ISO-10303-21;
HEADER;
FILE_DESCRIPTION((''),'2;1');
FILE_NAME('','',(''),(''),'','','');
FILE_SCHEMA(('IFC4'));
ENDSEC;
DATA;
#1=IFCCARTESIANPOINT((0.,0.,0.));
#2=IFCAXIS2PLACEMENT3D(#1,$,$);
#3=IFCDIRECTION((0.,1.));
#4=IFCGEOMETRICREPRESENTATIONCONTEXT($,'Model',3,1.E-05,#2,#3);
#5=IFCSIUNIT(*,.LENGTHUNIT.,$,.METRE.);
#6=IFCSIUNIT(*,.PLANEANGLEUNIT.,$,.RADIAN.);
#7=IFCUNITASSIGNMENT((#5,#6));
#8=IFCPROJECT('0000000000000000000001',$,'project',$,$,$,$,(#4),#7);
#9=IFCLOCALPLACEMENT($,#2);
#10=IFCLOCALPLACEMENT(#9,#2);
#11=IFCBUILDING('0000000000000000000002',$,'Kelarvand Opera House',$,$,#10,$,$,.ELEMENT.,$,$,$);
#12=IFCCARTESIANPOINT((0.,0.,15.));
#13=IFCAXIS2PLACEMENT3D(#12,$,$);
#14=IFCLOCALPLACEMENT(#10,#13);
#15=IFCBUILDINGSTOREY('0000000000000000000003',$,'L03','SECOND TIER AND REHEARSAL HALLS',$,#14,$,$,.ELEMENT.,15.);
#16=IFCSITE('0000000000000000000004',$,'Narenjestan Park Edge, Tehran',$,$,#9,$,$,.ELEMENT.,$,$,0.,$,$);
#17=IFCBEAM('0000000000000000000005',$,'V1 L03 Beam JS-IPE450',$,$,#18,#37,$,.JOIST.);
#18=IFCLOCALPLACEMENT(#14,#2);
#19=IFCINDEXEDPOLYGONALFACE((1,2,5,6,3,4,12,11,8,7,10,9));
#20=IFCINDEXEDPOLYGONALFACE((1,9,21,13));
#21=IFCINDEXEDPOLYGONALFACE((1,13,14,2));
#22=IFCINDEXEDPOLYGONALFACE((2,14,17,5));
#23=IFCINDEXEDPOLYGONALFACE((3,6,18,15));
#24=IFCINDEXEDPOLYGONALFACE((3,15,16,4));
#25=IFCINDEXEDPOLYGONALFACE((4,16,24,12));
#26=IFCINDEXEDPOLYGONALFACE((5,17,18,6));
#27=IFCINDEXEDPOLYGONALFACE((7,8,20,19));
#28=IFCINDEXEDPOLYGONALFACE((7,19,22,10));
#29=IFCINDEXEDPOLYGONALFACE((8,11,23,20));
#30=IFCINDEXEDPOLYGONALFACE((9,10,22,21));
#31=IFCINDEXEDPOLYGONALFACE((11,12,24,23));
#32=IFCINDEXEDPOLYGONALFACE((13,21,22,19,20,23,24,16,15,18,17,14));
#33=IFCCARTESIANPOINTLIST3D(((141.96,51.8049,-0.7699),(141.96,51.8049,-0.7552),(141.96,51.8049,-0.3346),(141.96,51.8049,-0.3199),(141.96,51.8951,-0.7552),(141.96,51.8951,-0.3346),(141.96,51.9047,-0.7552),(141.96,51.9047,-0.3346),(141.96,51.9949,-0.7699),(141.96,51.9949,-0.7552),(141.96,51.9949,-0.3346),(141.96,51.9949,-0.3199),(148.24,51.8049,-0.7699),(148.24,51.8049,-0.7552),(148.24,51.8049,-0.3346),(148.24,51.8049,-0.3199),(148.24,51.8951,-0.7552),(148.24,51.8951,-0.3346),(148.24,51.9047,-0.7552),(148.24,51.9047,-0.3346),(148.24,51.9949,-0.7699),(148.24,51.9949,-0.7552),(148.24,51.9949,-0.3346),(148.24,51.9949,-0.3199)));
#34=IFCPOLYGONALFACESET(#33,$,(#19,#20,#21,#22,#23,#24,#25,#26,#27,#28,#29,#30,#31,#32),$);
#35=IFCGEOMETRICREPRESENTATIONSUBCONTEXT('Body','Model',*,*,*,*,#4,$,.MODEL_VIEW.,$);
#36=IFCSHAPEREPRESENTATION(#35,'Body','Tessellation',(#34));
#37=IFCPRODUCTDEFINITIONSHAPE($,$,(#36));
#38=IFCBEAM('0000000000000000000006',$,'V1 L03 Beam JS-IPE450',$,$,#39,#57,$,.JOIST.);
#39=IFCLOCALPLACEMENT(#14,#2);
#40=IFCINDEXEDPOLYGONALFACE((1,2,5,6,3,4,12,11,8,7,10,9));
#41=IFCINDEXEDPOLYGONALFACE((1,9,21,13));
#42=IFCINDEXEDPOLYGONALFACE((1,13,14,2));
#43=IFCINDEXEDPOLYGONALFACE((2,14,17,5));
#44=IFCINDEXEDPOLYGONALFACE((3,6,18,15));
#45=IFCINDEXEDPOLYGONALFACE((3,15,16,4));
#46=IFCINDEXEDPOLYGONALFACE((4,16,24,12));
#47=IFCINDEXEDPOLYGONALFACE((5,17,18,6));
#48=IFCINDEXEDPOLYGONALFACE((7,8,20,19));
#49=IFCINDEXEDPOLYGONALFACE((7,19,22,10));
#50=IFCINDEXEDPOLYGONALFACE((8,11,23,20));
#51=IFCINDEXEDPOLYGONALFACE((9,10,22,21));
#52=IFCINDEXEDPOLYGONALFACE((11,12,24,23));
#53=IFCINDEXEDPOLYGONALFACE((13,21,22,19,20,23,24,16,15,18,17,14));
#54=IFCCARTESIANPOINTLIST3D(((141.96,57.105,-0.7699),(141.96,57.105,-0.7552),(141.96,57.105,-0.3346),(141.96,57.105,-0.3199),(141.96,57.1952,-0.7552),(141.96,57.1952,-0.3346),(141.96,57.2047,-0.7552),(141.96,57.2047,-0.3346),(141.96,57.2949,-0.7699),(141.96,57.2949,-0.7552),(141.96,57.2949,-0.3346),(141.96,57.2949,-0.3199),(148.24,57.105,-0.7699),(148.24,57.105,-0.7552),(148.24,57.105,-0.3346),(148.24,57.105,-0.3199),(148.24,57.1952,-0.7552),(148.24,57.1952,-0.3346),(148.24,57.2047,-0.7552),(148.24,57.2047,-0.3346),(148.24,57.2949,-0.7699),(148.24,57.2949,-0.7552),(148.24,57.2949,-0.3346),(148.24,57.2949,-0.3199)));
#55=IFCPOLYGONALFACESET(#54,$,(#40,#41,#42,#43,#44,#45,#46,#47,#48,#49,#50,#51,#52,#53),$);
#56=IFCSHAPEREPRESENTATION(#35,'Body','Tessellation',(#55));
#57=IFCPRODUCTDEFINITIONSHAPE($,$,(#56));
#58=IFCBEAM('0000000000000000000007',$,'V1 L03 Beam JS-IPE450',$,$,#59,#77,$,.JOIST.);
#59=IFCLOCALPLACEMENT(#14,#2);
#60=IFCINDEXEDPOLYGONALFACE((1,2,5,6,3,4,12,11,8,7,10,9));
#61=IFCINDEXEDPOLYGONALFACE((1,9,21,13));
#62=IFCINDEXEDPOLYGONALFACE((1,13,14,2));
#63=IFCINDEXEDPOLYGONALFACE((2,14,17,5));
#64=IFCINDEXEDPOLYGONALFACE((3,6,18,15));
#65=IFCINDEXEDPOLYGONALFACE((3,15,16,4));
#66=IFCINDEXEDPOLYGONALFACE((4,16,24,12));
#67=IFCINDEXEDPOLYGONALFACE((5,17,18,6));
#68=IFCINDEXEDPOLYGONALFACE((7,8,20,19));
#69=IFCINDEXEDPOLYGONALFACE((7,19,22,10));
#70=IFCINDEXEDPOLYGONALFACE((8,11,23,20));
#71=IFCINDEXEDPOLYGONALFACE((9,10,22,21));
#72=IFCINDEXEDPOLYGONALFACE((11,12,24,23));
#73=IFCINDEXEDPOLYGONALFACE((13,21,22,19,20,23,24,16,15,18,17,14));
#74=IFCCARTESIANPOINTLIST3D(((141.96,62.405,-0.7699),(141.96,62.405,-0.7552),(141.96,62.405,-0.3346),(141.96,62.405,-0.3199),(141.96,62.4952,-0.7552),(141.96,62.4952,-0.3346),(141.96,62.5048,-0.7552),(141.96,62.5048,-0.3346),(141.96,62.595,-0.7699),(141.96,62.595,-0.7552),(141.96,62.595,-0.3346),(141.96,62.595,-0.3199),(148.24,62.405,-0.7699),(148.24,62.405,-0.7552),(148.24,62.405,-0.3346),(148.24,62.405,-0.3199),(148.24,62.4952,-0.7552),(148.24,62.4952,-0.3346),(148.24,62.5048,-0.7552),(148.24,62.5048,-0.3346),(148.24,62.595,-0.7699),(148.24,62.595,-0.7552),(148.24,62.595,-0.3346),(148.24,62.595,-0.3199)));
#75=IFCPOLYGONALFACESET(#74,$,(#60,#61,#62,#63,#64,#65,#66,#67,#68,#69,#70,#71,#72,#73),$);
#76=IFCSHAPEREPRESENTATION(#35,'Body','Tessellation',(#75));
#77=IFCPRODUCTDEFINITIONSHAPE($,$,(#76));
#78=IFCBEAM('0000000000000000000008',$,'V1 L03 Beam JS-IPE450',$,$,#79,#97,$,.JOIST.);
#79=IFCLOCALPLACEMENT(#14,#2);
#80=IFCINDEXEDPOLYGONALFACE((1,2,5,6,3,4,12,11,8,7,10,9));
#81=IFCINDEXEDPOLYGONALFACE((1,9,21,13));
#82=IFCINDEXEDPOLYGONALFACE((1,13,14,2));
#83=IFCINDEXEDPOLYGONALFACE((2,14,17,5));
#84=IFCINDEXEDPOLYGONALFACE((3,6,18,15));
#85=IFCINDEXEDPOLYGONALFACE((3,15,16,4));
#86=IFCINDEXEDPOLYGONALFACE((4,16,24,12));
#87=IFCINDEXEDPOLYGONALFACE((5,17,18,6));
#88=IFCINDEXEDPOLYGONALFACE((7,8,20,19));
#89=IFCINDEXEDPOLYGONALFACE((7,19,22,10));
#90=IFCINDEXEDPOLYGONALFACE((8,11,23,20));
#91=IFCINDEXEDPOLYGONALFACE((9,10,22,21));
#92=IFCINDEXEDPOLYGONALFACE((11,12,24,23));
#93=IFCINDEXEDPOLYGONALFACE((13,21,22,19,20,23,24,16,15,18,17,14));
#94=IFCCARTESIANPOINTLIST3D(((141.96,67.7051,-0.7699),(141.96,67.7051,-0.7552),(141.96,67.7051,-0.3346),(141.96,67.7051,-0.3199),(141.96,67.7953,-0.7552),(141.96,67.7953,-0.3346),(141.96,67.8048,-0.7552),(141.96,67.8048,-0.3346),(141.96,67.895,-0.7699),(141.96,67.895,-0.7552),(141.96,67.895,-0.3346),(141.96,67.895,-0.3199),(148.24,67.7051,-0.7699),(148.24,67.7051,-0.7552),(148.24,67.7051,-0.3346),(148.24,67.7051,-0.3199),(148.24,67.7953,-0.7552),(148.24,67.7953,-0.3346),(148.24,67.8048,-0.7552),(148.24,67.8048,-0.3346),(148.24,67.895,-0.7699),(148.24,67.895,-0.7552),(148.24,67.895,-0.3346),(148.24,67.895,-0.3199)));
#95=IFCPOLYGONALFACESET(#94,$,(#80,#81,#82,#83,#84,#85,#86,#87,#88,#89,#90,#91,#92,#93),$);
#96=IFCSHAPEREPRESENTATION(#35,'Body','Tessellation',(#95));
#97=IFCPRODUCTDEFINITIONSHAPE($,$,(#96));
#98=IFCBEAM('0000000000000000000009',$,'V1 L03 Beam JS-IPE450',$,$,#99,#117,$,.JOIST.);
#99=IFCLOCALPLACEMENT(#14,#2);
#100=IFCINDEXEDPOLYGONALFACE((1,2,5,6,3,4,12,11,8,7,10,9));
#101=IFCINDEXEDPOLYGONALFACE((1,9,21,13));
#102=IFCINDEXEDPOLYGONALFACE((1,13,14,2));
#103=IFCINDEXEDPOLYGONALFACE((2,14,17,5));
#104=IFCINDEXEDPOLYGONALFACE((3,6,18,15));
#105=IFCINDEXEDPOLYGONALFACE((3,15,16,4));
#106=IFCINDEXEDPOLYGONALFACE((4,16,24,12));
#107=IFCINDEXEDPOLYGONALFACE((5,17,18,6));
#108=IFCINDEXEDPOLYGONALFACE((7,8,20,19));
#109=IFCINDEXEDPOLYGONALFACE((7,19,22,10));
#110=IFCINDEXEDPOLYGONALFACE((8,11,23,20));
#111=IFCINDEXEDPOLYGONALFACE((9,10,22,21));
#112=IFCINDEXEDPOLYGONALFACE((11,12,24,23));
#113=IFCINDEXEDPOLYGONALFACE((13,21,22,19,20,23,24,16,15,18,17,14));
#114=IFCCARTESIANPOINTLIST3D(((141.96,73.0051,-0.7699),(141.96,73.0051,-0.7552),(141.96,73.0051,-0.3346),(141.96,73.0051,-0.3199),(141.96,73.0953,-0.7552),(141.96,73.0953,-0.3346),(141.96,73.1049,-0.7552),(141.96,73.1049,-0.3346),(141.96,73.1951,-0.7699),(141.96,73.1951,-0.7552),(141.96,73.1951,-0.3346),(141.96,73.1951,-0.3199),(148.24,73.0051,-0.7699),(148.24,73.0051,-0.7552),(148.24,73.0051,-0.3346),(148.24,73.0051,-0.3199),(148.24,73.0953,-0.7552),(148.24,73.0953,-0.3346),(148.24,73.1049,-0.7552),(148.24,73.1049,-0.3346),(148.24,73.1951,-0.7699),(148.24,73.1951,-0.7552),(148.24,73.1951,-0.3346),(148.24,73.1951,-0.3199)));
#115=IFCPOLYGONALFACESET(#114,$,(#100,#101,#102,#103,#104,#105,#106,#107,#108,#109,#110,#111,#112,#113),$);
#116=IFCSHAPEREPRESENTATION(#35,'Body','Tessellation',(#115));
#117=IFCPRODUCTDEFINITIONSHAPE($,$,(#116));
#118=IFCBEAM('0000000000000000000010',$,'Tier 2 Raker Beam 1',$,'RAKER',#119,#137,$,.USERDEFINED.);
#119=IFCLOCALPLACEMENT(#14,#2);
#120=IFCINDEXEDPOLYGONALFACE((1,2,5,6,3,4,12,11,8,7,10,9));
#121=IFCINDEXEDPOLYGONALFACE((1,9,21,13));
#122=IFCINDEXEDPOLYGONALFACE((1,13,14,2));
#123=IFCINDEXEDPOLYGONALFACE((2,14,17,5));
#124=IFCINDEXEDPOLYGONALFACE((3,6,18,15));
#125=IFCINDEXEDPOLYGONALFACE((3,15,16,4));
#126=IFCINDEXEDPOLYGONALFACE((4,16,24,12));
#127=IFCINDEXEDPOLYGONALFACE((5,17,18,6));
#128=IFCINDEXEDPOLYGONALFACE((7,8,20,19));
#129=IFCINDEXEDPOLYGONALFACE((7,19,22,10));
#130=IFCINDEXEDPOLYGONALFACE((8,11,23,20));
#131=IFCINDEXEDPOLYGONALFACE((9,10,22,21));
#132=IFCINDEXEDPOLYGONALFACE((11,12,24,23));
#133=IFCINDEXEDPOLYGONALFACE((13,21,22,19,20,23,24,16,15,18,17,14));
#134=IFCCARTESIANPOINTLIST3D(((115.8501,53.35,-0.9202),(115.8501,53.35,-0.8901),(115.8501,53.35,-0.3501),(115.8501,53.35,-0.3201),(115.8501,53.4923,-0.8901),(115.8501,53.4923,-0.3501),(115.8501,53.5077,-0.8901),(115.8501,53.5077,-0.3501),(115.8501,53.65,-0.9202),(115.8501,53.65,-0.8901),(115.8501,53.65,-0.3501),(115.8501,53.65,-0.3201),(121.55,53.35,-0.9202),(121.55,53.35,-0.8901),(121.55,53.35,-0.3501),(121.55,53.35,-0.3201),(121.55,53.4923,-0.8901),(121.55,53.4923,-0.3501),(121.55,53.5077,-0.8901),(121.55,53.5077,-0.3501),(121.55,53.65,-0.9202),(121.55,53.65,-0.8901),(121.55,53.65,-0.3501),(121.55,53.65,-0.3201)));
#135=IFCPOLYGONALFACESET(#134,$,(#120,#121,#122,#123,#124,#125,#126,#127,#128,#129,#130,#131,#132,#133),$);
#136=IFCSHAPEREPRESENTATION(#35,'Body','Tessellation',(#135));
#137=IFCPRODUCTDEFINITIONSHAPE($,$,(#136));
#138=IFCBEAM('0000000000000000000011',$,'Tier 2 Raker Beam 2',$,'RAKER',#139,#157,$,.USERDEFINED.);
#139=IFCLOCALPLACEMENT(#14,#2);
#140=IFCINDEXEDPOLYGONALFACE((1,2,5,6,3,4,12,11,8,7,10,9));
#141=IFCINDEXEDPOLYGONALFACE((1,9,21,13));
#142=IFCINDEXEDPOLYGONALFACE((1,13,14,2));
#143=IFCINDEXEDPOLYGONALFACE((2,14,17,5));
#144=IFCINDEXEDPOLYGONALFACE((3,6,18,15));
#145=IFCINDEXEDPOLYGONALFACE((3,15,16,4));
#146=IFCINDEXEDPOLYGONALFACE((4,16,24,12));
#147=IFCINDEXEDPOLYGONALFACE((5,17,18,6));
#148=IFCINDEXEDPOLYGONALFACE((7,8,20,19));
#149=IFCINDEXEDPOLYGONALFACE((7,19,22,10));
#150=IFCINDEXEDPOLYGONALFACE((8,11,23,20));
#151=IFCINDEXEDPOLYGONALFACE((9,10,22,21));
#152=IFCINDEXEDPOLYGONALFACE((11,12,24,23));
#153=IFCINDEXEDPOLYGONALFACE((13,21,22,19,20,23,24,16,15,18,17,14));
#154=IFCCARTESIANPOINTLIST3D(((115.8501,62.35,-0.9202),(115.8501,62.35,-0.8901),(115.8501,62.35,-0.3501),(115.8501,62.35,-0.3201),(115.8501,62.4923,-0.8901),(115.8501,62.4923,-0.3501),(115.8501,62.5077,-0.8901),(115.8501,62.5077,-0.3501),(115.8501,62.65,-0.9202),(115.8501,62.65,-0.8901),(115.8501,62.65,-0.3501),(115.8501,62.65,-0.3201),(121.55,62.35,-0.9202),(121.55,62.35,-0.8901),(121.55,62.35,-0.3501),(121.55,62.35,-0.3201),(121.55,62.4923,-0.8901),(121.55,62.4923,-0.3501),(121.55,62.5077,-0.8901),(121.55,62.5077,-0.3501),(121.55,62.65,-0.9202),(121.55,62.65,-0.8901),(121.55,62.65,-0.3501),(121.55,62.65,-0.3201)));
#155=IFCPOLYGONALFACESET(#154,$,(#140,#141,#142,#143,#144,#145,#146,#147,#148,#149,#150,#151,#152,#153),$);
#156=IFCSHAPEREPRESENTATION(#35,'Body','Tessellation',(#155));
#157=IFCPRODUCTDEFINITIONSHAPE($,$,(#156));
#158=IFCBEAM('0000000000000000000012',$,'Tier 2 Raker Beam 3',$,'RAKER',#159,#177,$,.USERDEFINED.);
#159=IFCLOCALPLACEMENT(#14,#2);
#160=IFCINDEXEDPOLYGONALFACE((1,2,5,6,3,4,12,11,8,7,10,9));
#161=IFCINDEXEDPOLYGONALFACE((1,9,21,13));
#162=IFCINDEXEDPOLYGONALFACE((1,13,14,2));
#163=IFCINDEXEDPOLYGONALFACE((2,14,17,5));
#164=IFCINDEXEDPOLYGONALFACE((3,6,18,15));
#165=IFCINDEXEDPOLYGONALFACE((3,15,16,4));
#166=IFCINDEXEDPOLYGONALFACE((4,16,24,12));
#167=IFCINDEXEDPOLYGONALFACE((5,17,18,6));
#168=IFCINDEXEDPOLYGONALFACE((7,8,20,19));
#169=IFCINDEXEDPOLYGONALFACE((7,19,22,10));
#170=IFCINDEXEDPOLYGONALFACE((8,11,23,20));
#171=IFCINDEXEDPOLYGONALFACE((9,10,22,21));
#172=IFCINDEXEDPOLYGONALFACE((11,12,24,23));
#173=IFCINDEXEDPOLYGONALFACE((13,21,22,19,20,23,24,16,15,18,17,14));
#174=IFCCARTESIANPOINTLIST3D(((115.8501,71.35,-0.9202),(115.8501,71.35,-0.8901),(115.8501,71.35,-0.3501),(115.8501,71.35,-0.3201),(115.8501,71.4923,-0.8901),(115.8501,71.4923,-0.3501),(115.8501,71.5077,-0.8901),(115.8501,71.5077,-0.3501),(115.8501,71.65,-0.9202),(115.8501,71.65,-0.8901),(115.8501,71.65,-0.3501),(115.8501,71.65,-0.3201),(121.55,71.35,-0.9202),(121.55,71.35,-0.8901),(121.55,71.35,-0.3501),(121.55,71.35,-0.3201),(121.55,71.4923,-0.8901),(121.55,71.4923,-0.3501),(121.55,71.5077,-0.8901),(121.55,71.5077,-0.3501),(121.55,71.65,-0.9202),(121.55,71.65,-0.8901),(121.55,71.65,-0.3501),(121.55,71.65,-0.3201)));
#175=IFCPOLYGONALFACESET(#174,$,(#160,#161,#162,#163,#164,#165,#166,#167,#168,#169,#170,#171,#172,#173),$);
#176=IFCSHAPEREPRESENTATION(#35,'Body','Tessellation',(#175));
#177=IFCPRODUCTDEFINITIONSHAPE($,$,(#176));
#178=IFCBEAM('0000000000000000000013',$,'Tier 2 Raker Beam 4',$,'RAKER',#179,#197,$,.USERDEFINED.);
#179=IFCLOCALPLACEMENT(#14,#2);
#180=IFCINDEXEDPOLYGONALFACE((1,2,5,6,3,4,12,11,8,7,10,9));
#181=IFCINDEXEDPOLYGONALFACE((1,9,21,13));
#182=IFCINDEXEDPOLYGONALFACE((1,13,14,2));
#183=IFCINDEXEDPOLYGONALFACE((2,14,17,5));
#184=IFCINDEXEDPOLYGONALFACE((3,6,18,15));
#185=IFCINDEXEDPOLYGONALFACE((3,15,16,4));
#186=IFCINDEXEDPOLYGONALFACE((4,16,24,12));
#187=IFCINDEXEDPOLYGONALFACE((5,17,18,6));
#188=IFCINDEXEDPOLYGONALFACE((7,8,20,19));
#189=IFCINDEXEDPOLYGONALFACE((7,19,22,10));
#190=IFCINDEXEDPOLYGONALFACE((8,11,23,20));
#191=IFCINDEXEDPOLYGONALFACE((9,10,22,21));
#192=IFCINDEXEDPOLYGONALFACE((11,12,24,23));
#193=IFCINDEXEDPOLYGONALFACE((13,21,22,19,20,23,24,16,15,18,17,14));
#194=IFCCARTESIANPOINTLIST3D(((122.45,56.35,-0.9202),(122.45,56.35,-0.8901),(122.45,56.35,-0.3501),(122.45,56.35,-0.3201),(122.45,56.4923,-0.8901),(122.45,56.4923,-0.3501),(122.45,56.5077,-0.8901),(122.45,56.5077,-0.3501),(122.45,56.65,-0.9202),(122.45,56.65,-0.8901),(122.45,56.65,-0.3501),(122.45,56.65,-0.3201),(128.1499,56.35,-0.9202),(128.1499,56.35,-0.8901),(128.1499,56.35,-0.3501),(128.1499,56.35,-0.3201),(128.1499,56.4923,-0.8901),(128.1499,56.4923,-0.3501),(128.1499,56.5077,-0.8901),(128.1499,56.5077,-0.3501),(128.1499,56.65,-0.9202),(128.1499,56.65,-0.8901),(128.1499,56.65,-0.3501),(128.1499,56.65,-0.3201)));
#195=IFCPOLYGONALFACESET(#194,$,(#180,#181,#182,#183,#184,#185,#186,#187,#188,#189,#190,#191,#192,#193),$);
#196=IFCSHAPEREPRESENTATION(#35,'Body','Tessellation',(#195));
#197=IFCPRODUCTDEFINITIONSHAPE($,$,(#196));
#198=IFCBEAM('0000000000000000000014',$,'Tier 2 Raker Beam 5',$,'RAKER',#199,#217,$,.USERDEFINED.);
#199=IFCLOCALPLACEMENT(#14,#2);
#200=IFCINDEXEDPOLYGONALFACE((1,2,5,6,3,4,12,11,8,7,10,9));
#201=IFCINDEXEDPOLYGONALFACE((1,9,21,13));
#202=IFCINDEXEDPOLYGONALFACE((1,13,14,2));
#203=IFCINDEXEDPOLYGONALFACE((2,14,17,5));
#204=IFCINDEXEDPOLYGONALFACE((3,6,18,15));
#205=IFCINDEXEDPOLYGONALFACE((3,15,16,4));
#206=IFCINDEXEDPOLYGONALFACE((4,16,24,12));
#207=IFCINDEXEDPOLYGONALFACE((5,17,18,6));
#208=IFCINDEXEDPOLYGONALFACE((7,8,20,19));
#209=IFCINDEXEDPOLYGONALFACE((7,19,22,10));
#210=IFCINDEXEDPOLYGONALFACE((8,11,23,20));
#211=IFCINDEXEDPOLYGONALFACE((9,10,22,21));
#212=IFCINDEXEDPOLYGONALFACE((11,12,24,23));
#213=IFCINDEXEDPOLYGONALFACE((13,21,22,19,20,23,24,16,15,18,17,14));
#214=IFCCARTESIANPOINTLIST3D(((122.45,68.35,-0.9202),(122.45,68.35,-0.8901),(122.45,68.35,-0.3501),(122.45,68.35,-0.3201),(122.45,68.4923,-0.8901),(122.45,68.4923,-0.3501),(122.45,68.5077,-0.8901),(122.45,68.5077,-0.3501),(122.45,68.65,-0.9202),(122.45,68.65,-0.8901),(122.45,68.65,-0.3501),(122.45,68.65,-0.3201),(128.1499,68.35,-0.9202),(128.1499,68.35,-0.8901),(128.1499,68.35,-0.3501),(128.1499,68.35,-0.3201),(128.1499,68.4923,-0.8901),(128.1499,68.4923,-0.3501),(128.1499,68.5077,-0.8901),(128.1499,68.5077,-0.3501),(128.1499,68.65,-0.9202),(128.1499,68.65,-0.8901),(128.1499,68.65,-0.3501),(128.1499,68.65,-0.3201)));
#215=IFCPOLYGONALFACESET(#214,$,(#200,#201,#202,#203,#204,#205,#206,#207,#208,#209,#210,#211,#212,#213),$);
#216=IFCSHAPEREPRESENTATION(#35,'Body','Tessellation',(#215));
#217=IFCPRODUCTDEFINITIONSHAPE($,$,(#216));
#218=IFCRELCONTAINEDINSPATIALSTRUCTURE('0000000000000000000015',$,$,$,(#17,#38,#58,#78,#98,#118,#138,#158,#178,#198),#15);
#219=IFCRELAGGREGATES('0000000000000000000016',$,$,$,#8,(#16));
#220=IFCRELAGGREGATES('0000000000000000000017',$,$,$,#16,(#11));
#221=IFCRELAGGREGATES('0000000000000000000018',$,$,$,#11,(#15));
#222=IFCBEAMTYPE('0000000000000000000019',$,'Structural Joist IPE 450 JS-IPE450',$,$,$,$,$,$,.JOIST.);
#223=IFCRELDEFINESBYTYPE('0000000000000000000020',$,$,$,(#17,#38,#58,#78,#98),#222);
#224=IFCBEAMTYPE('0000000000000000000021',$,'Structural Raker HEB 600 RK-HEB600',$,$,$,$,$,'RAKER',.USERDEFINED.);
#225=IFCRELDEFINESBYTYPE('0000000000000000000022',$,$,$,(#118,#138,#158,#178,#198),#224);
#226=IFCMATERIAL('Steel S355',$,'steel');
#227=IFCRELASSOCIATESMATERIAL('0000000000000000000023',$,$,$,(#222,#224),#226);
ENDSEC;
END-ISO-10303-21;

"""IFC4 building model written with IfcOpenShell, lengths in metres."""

from ifc_helpers import new_model, si_unit, direction, frame, origin, origin_2d, place, context, subcontext, project, spatial, i_section, extrude, material, material_profile, profile_set, type_object, element, save


model = new_model("IFC4")

# Units and contexts
model_context = context("Model", 3, precision=1e-05, world=origin(), true_north=direction((0.0, 1.0)))
body_context = subcontext(model_context, "Body", "Model", "MODEL_VIEW")
ifc_project = project(units=[si_unit("LENGTHUNIT", "METRE"), si_unit("PLANEANGLEUNIT", "RADIAN")], contexts=[model_context])

# Site, building, storey
site_placement = place(None, origin())
site = spatial("IfcSite", under=ifc_project, at=site_placement, Name="Narenjestan Park Edge, Tehran", CompositionType="ELEMENT", RefElevation=0.0)
building_placement = place(site_placement, origin())
building = spatial("IfcBuilding", under=site, at=building_placement, Name="Kelarvand Opera House", CompositionType="ELEMENT")
storey_placement = place(building_placement, frame((0.0, 0.0, 15.0)))
storey = spatial("IfcBuildingStorey", under=building, at=storey_placement, Name="L03", Description="SECOND TIER AND REHEARSAL HALLS", CompositionType="ELEMENT", Elevation=15.0)

# Beams
ifc_material_1 = material(Name="Steel S355", Category="steel")
ifc_material_profile_1 = material_profile(ifc_material_1, i_section(OverallWidth=0.1899, OverallDepth=0.45, WebThickness=0.0095, FlangeThickness=0.0146, at=origin_2d()), Name="IPE 450", Category="steel")
ifc_profile_set_1 = profile_set([ifc_material_profile_1], Name="Steel S355")
beam_type_1 = type_object("IfcBeamType", Name="Structural Joist IPE 450 JS-IPE450", PredefinedType="JOIST", material=ifc_profile_set_1)
for number, where, z_axis, x_axis, name in (
    (1, (141.96, 51.8999, -0.5449), (1.0, 0.0, 0.0), (0.0, 1.0, 0.0), "V1 L03 Beam JS-IPE450"),
    (2, (141.96, 57.2, -0.5449), (1.0, 0.0, 0.0), (0.0, 1.0, 0.0), "V1 L03 Beam JS-IPE450"),
    (3, (141.96, 62.5, -0.5449), (1.0, 0.0, 0.0), (0.0, 1.0, 0.0), "V1 L03 Beam JS-IPE450"),
    (4, (141.96, 67.8, -0.5449), (1.0, 0.0, 0.0), (0.0, 1.0, 0.0), "V1 L03 Beam JS-IPE450"),
    (5, (141.96, 73.1001, -0.5449), (1.0, 0.0, 0.0), (0.0, 1.0, 0.0), "V1 L03 Beam JS-IPE450"),
):
    element("IfcBeam", number, at=place(storey_placement, frame(where, z_axis=z_axis, x_axis=x_axis)), inside=storey, type_object=beam_type_1, Name=name, PredefinedType="JOIST", context=body_context, shape_type="SweptSolid", body=[
        extrude(i_section(OverallWidth=0.1899, OverallDepth=0.45, WebThickness=0.0095, FlangeThickness=0.0146, at=origin_2d()), origin(), (0.0, 0.0, 1.0), 6.28),
    ])
ifc_material_profile_2 = material_profile(ifc_material_1, i_section(OverallWidth=0.3, OverallDepth=0.6001, WebThickness=0.0154, FlangeThickness=0.03, at=origin_2d()), Name="HEB 600", Category="steel")
ifc_profile_set_2 = profile_set([ifc_material_profile_2], Name="Steel S355")
beam_type_2 = type_object("IfcBeamType", Name="Structural Raker HEB 600 RK-HEB600", ElementType="RAKER", PredefinedType="USERDEFINED", material=ifc_profile_set_2)
for number, where, z_axis, x_axis, name in (
    (6, (115.8501, 53.5, -0.6201), (1.0, 0.0, 0.0), (0.0, 1.0, 0.0), "Tier 2 Raker Beam 1"),
    (7, (115.8501, 62.5, -0.6201), (1.0, 0.0, 0.0), (0.0, 1.0, 0.0), "Tier 2 Raker Beam 2"),
    (8, (115.8501, 71.5, -0.6201), (1.0, 0.0, 0.0), (0.0, 1.0, 0.0), "Tier 2 Raker Beam 3"),
    (9, (122.45, 56.5, -0.6201), (1.0, 0.0, 0.0), (0.0, 1.0, 0.0), "Tier 2 Raker Beam 4"),
    (10, (122.45, 68.5, -0.6201), (1.0, 0.0, 0.0), (0.0, 1.0, 0.0), "Tier 2 Raker Beam 5"),
):
    element("IfcBeam", number, at=place(storey_placement, frame(where, z_axis=z_axis, x_axis=x_axis)), inside=storey, type_object=beam_type_2, Name=name, ObjectType="RAKER", PredefinedType="USERDEFINED", context=body_context, shape_type="SweptSolid", body=[
        extrude(i_section(OverallWidth=0.3, OverallDepth=0.6001, WebThickness=0.0154, FlangeThickness=0.03, at=origin_2d()), origin(), (0.0, 0.0, 1.0), 5.7),
    ])

save(model, "model.ifc")
